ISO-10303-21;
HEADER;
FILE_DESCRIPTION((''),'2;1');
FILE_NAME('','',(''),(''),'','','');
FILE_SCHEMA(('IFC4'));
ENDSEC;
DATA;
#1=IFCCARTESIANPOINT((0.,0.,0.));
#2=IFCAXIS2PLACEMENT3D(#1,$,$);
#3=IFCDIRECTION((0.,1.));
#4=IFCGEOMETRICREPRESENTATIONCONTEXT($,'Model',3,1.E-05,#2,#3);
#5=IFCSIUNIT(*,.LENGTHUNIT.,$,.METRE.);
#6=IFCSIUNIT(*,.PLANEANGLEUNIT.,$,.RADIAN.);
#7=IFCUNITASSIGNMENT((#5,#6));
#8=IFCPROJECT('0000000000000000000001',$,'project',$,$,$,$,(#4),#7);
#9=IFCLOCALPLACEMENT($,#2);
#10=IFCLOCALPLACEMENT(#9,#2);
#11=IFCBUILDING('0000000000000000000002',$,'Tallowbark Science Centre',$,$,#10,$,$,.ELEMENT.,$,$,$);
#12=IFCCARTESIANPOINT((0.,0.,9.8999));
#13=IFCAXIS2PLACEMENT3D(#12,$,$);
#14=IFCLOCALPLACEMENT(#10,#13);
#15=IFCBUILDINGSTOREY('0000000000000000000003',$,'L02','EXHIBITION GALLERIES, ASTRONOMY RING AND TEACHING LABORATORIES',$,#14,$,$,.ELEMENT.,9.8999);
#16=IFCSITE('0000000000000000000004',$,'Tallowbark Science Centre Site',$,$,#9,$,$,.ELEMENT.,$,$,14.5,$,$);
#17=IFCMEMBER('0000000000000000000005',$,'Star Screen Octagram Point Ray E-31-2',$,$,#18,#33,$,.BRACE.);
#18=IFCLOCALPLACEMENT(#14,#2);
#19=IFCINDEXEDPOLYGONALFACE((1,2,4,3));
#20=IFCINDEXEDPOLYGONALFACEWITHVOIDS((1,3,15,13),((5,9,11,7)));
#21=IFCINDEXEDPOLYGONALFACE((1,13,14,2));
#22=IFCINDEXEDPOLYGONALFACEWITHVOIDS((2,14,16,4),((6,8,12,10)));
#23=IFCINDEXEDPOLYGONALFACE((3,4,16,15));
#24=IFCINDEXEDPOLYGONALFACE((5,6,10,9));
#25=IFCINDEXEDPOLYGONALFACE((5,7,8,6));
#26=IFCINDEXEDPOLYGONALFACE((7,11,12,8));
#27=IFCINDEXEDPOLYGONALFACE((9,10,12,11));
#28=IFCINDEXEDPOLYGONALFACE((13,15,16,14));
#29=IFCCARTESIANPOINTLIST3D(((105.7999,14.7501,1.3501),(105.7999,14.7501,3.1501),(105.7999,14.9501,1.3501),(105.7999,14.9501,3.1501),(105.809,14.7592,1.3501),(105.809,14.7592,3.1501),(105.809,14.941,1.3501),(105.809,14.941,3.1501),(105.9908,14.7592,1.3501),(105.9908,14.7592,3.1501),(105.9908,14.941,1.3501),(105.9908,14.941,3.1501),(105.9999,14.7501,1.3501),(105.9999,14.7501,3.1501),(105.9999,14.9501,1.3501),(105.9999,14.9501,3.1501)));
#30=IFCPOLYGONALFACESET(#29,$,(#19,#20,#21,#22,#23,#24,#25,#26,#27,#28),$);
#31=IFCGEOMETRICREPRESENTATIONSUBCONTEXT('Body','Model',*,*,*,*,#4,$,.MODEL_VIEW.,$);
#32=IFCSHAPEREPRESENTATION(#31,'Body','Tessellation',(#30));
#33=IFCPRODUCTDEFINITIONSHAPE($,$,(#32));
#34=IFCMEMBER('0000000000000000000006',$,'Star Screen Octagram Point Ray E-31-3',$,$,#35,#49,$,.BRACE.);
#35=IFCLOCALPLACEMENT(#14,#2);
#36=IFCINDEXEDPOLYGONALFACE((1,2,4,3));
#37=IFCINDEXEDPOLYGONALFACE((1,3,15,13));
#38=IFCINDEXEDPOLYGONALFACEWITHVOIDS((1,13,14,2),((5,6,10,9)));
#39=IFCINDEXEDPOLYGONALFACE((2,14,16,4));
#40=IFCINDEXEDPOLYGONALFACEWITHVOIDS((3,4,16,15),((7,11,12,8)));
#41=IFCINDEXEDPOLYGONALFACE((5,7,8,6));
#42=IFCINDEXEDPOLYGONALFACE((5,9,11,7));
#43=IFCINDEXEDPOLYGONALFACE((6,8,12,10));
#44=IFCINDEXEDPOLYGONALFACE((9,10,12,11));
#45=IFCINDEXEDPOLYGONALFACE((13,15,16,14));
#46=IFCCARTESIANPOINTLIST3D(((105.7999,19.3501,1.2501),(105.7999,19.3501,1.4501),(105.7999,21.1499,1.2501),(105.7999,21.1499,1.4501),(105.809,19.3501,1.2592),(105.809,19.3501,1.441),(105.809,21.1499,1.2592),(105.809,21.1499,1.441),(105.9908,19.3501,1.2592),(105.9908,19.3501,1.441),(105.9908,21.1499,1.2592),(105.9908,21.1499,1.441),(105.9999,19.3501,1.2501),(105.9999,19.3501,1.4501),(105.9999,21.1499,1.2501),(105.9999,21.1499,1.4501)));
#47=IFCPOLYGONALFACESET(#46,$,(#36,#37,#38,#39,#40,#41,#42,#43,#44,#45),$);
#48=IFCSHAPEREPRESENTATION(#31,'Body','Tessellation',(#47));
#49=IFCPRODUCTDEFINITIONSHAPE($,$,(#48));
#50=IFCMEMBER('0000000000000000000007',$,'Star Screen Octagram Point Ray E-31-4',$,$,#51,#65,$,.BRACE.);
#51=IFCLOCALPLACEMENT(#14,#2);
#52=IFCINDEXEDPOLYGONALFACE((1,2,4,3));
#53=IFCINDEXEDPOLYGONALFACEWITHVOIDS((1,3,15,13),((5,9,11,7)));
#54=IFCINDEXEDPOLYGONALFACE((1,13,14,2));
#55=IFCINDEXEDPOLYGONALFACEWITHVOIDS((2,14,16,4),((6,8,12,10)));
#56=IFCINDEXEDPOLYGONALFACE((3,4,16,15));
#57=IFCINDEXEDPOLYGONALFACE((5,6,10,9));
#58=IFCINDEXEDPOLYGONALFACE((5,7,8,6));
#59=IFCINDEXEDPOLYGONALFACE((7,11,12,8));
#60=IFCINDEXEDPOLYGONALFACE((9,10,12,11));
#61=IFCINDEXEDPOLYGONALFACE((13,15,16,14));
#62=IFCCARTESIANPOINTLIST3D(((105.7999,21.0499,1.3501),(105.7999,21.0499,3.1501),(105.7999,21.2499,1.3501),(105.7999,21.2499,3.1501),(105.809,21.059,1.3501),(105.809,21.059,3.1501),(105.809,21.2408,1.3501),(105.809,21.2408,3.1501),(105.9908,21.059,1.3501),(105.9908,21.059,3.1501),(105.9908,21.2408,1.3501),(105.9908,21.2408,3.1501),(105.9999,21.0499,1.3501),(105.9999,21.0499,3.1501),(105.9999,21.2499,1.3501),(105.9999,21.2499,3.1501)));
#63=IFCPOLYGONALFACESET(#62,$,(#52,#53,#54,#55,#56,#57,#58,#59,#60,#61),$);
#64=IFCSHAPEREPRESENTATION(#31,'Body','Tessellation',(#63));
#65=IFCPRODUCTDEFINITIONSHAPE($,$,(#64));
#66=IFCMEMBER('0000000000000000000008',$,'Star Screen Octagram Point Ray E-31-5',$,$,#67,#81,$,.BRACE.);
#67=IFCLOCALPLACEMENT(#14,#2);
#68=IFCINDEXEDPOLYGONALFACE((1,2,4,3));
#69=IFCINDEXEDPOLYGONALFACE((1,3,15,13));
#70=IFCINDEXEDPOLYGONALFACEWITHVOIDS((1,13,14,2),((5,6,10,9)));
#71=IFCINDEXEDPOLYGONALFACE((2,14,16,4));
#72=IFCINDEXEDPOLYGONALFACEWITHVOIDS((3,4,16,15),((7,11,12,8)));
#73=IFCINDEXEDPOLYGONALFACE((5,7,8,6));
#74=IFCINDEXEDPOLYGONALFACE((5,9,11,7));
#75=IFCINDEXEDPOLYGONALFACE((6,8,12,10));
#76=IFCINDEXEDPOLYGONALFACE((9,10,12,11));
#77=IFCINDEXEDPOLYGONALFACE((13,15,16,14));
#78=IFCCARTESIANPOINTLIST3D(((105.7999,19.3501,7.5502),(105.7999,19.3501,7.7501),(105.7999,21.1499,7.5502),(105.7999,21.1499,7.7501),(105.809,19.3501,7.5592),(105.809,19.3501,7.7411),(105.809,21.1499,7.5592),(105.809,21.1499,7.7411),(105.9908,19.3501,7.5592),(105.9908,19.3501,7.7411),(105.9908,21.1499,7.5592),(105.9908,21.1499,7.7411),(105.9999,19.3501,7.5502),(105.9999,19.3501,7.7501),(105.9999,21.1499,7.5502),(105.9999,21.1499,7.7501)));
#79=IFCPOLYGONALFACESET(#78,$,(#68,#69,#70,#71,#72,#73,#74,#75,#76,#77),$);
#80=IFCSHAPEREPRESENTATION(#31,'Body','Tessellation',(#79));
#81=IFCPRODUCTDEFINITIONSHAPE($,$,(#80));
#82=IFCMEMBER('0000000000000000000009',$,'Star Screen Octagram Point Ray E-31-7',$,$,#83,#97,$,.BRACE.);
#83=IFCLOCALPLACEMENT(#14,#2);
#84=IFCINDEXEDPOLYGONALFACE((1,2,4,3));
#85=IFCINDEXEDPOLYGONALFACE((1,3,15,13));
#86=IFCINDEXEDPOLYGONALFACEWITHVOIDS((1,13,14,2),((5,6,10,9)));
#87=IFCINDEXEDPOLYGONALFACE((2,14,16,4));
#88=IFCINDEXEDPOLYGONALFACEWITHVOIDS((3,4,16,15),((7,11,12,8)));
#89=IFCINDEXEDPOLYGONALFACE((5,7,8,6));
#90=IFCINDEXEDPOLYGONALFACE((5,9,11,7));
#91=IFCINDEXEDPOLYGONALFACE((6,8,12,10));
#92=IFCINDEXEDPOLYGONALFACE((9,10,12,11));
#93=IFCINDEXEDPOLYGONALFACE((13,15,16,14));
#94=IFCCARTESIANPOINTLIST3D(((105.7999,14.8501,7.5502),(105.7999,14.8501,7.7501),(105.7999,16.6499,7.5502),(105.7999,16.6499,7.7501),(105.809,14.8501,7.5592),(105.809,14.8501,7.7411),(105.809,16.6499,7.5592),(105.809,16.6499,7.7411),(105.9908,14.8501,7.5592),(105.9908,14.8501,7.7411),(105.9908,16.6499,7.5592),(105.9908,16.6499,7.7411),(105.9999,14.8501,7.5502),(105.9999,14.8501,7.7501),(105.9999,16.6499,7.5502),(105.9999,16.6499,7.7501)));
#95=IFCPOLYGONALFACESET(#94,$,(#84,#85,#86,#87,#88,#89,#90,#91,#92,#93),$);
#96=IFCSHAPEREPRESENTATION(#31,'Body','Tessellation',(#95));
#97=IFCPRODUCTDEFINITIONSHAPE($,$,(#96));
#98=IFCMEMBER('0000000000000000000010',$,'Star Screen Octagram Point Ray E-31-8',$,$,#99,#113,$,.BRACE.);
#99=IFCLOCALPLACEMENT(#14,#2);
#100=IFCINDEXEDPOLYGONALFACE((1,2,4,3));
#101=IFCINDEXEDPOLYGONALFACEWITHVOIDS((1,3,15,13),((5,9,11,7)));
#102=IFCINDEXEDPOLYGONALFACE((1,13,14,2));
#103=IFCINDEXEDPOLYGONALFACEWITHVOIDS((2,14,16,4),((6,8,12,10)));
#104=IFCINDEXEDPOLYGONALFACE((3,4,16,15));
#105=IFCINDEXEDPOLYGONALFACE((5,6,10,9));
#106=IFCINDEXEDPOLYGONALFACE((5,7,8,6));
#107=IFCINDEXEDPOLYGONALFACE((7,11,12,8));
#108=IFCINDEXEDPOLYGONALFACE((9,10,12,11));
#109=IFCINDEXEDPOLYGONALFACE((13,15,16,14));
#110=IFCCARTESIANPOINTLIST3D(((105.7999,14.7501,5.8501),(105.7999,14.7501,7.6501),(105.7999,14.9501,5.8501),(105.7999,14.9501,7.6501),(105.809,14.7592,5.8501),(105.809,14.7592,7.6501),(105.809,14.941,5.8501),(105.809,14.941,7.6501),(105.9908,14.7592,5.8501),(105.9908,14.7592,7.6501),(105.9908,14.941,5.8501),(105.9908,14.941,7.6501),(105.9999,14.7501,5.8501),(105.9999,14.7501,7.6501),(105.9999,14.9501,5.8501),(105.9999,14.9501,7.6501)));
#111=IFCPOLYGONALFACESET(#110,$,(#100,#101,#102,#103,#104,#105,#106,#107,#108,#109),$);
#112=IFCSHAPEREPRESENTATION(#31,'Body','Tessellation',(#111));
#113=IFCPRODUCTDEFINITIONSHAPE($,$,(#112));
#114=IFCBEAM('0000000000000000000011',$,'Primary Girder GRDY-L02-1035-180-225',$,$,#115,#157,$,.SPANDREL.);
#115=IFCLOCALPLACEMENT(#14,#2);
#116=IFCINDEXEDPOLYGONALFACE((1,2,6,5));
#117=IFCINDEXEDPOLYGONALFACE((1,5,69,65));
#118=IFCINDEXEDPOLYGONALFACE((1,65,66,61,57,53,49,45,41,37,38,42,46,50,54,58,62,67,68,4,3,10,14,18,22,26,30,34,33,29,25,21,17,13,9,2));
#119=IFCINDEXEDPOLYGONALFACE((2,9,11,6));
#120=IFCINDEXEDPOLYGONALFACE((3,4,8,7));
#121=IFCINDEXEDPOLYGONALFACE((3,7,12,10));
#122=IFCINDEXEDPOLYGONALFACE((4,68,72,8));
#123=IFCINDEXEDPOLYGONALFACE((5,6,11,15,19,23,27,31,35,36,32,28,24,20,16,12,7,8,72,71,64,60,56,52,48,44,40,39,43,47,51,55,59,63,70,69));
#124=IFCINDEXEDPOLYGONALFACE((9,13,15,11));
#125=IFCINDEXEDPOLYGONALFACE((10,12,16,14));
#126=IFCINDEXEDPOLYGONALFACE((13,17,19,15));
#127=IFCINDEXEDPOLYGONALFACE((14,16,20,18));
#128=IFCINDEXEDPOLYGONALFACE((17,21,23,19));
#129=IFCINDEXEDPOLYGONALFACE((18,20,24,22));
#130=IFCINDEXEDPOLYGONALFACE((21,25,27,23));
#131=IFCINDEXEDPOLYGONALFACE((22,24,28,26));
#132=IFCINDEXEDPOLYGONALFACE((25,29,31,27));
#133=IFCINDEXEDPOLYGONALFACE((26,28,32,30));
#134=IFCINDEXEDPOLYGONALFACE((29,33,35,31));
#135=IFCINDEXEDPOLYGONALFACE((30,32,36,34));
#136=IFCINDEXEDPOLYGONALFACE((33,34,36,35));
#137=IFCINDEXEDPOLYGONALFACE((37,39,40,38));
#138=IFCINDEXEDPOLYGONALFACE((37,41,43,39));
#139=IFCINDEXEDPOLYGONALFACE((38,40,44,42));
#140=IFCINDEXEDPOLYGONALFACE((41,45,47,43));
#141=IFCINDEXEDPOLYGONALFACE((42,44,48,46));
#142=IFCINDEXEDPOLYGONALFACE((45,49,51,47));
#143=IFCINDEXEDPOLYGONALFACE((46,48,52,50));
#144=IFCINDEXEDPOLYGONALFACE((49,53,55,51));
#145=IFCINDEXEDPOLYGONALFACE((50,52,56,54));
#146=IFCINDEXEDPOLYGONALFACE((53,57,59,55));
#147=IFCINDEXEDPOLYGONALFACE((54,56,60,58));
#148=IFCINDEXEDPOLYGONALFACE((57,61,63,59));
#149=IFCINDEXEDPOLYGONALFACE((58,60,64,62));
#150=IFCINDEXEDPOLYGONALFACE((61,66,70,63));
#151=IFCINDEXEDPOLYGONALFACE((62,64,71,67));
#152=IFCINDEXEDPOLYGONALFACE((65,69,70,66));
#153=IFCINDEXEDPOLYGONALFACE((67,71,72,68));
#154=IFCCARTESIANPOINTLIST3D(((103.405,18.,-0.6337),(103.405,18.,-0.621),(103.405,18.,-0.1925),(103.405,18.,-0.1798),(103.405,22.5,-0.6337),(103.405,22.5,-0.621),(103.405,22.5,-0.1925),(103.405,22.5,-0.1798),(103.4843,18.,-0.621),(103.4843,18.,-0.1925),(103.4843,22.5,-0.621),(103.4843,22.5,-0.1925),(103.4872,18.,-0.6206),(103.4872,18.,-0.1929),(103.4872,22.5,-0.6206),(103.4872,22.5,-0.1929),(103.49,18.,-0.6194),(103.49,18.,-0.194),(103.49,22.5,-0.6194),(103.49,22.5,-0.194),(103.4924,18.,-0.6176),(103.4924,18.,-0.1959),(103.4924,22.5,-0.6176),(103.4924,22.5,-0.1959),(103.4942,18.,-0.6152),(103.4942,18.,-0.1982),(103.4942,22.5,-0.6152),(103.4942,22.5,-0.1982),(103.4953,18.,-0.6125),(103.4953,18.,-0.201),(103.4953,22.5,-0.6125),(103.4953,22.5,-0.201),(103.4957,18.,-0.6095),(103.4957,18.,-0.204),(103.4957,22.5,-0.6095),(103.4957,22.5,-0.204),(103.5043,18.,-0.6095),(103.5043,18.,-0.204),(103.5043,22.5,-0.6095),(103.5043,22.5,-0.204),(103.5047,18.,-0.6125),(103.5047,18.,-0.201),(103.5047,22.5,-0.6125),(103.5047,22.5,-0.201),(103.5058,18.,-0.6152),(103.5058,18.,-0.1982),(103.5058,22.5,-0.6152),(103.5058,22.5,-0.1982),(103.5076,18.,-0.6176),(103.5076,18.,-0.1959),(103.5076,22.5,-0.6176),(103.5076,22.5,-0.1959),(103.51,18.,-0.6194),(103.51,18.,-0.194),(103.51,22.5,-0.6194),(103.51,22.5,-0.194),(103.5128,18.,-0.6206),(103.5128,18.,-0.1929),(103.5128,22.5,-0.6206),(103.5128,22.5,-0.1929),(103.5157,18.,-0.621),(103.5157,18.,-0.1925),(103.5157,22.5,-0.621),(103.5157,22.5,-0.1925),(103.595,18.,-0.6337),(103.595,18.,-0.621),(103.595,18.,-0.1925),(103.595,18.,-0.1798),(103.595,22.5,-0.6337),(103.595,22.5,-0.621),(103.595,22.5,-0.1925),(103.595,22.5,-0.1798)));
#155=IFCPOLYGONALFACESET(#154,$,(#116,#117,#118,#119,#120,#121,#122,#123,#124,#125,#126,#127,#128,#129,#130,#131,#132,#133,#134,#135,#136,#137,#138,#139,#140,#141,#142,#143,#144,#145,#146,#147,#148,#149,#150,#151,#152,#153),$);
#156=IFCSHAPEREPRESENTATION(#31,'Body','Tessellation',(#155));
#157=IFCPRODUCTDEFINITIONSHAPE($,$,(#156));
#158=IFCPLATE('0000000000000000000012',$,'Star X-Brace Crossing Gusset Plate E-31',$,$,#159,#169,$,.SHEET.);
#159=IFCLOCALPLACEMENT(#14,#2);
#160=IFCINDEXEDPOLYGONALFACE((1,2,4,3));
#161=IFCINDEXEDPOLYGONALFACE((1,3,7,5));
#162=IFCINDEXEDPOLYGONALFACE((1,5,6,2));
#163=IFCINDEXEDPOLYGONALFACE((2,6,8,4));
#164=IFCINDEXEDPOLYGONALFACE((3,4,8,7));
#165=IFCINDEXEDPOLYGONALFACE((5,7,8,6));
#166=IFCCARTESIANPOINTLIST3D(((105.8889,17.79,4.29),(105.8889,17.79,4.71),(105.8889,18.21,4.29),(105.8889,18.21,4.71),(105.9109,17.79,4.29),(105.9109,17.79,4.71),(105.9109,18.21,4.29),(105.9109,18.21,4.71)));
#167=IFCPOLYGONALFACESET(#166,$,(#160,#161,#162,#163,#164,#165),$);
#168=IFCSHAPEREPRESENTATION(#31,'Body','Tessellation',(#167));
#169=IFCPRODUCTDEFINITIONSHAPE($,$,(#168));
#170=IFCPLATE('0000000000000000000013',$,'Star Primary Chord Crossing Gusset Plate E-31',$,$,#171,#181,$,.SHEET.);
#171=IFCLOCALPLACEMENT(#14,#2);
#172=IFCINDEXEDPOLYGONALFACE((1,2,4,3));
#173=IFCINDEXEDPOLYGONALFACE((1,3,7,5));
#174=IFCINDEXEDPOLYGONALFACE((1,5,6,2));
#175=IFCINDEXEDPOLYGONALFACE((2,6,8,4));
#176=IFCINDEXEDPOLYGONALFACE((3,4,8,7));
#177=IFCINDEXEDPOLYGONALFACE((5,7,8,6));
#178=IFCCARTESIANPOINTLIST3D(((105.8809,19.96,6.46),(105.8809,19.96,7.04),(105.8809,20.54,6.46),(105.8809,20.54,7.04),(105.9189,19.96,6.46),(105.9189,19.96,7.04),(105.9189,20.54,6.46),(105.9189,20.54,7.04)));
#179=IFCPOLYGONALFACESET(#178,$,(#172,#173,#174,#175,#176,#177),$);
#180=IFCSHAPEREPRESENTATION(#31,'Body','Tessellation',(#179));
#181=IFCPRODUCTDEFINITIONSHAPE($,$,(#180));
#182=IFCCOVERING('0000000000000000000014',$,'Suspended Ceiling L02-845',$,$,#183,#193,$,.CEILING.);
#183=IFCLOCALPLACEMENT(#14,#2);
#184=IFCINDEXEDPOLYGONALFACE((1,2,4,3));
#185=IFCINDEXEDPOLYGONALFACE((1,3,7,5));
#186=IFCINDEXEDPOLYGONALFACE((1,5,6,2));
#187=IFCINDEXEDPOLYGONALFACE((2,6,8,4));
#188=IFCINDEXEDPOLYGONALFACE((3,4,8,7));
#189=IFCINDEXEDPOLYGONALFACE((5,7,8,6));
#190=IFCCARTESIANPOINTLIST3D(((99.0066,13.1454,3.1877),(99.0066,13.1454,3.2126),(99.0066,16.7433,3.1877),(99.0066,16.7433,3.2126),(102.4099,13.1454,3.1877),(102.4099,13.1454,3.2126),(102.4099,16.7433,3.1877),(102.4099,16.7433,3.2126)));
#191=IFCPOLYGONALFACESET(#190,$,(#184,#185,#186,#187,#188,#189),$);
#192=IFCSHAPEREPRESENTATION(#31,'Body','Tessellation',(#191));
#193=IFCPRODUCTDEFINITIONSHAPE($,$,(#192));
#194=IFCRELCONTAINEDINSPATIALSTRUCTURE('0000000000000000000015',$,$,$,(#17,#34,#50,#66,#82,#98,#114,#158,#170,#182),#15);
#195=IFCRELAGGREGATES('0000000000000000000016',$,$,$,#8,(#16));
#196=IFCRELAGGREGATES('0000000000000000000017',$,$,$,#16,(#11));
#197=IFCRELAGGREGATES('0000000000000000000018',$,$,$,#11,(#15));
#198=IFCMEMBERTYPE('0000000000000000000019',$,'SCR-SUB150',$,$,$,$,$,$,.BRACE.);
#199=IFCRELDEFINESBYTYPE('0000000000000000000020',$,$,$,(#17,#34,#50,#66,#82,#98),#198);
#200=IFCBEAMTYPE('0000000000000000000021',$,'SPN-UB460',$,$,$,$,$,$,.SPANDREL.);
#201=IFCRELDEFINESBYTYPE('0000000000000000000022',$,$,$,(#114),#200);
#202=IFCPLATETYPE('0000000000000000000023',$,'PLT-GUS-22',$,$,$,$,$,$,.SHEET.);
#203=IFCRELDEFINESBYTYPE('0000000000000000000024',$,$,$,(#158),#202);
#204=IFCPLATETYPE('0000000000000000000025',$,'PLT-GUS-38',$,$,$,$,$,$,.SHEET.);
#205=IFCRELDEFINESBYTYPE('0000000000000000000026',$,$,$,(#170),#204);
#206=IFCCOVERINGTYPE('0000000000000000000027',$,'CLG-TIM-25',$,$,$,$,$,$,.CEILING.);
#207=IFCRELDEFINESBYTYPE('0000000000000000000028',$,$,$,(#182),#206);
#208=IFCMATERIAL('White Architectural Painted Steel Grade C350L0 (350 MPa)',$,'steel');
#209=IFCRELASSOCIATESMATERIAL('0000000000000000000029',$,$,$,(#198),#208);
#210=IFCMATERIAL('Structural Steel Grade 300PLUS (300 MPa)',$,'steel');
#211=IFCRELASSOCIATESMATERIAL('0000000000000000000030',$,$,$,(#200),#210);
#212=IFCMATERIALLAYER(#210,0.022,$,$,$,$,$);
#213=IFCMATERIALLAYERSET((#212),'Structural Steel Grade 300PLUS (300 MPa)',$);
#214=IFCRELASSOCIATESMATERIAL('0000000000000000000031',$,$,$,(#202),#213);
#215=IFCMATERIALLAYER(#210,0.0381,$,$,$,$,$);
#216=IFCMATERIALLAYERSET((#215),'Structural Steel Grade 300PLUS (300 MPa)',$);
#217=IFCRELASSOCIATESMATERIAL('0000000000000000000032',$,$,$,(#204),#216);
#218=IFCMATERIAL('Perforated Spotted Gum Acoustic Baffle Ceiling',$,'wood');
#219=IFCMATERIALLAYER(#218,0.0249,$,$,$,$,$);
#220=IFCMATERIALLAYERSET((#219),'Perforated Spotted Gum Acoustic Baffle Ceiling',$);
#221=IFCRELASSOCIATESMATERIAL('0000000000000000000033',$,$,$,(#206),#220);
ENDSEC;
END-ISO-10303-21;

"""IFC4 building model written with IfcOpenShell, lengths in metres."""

from ifc_helpers import new_model, si_unit, direction, frame, origin, origin_2d, place, context, subcontext, project, spatial, rectangle, hollow_rectangle, i_section, extrude, material, layer, layer_set, material_profile, profile_set, type_object, element, save


model = new_model("IFC4")

# Units and contexts
model_context = context("Model", 3, precision=1e-05, world=origin(), true_north=direction((0.0, 1.0)))
body_context = subcontext(model_context, "Body", "Model", "MODEL_VIEW")
ifc_project = project(units=[si_unit("LENGTHUNIT", "METRE"), si_unit("PLANEANGLEUNIT", "RADIAN")], contexts=[model_context])

# Site, building, storey
site_placement = place(None, origin())
site = spatial("IfcSite", under=ifc_project, at=site_placement, Name="Tallowbark Science Centre Site", CompositionType="ELEMENT", RefElevation=14.5)
building_placement = place(site_placement, origin())
building = spatial("IfcBuilding", under=site, at=building_placement, Name="Tallowbark Science Centre", CompositionType="ELEMENT")
storey_placement = place(building_placement, frame((0.0, 0.0, 9.8999)))
storey = spatial("IfcBuildingStorey", under=building, at=storey_placement, Name="L02", Description="EXHIBITION GALLERIES, ASTRONOMY RING AND TEACHING LABORATORIES", CompositionType="ELEMENT", Elevation=9.8999)

# Shared definitions
ifc_material_1 = material(Name="Structural Steel Grade 300PLUS (300 MPa)", Category="steel")

# Members
ifc_material_2 = material(Name="White Architectural Painted Steel Grade C350L0 (350 MPa)", Category="steel")
ifc_material_profile_1 = material_profile(ifc_material_2, hollow_rectangle(XDim=0.2, YDim=0.2, WallThickness=0.009, at=origin_2d()), Name="200x200x9.0SHS")
ifc_profile_set_1 = profile_set([ifc_material_profile_1], Name="White Architectural Painted Steel Grade C350L0 (350 MPa)")
member_type_1 = type_object("IfcMemberType", Name="SCR-SUB150", PredefinedType="BRACE", material=ifc_profile_set_1)
member_1_placement = place(storey_placement, frame((105.8999, 14.8501, 1.3501), z_axis=(0.0, 0.0, 1.0), x_axis=(1.0, 0.0, 0.0)))
element("IfcMember", 1, at=member_1_placement, inside=storey, type_object=member_type_1, Name="Star Screen Octagram Point Ray E-31-2", PredefinedType="BRACE", context=body_context, shape_type="SweptSolid", body=[
    extrude(hollow_rectangle(XDim=0.2, YDim=0.2, WallThickness=0.009, at=origin_2d()), origin(), (0.0, 0.0, 1.0), 1.8),
])
member_2_placement = place(storey_placement, frame((105.8999, 21.1499, 1.3501), z_axis=(0.0, -1.0, 0.0), x_axis=(1.0, 0.0, 0.0)))
element("IfcMember", 2, at=member_2_placement, inside=storey, type_object=member_type_1, Name="Star Screen Octagram Point Ray E-31-3", PredefinedType="BRACE", context=body_context, shape_type="SweptSolid", body=[
    extrude(hollow_rectangle(XDim=0.2, YDim=0.2, WallThickness=0.009, at=origin_2d()), origin(), (0.0, 0.0, 1.0), 1.7998),
])
member_3_placement = place(storey_placement, frame((105.8999, 21.1499, 1.3501), z_axis=(0.0, 0.0, 1.0), x_axis=(1.0, 0.0, 0.0)))
element("IfcMember", 3, at=member_3_placement, inside=storey, type_object=member_type_1, Name="Star Screen Octagram Point Ray E-31-4", PredefinedType="BRACE", context=body_context, shape_type="SweptSolid", body=[
    extrude(hollow_rectangle(XDim=0.2, YDim=0.2, WallThickness=0.009, at=origin_2d()), origin(), (0.0, 0.0, 1.0), 1.8),
])
for number, where, z_axis, x_axis, name in (
    (4, (105.8999, 21.1499, 7.6501), (0.0, -1.0, 0.0), (1.0, 0.0, 0.0), "Star Screen Octagram Point Ray E-31-5"),
    (5, (105.8999, 14.8501, 7.6501), (0.0, 1.0, 0.0), (-1.0, 0.0, 0.0), "Star Screen Octagram Point Ray E-31-7"),
):
    element("IfcMember", number, at=place(storey_placement, frame(where, z_axis=z_axis, x_axis=x_axis)), inside=storey, type_object=member_type_1, Name=name, PredefinedType="BRACE", context=body_context, shape_type="SweptSolid", body=[
        extrude(hollow_rectangle(XDim=0.2, YDim=0.2, WallThickness=0.009, at=origin_2d()), origin(), (0.0, 0.0, 1.0), 1.7998),
    ])
member_4_placement = place(storey_placement, frame((105.8999, 14.8501, 7.6501), z_axis=(0.0, 0.0, -1.0), x_axis=(1.0, 0.0, 0.0)))
element("IfcMember", 6, at=member_4_placement, inside=storey, type_object=member_type_1, Name="Star Screen Octagram Point Ray E-31-8", PredefinedType="BRACE", context=body_context, shape_type="SweptSolid", body=[
    extrude(hollow_rectangle(XDim=0.2, YDim=0.2, WallThickness=0.009, at=origin_2d()), origin(), (0.0, 0.0, 1.0), 1.8),
])

# Beam
ifc_material_profile_2 = material_profile(ifc_material_1, i_section(OverallWidth=0.1899, OverallDepth=0.4539, WebThickness=0.0085, FlangeThickness=0.0127, FilletRadius=0.0115, at=origin_2d()), Name="460UB67.1")
ifc_profile_set_2 = profile_set([ifc_material_profile_2], Name="Structural Steel Grade 300PLUS (300 MPa)")
beam_type = type_object("IfcBeamType", Name="SPN-UB460", PredefinedType="SPANDREL", material=ifc_profile_set_2)
beam_placement = place(storey_placement, frame((103.5, 18.0, -0.4067), z_axis=(0.0, 1.0, 0.0), x_axis=(-1.0, 0.0, 0.0)))
element("IfcBeam", 7, at=beam_placement, inside=storey, type_object=beam_type, Name="Primary Girder GRDY-L02-1035-180-225", PredefinedType="SPANDREL", context=body_context, shape_type="SweptSolid", body=[
    extrude(i_section(OverallWidth=0.1899, OverallDepth=0.4539, WebThickness=0.0085, FlangeThickness=0.0127, FilletRadius=0.0115, at=origin_2d()), origin(), (0.0, 0.0, 1.0), 4.5),
])

# Plates
ifc_layer_1 = layer(ifc_material_1, 0.022)
ifc_layer_set_1 = layer_set([ifc_layer_1], Name="Structural Steel Grade 300PLUS (300 MPa)")
plate_type_1 = type_object("IfcPlateType", Name="PLT-GUS-22", PredefinedType="SHEET", material=ifc_layer_set_1)
plate_1_placement = place(storey_placement, frame((105.8999, 18.0, 4.29), z_axis=(0.0, 0.0, 1.0), x_axis=(0.0, 1.0, 0.0)))
element("IfcPlate", 8, at=plate_1_placement, inside=storey, type_object=plate_type_1, Name="Star X-Brace Crossing Gusset Plate E-31", PredefinedType="SHEET", context=body_context, shape_type="SweptSolid", body=[
    extrude(rectangle(XDim=0.4199, YDim=0.022, at=origin_2d()), origin(), (0.0, 0.0, 1.0), 0.4199),
])
ifc_layer_2 = layer(ifc_material_1, 0.0381)
ifc_layer_set_2 = layer_set([ifc_layer_2], Name="Structural Steel Grade 300PLUS (300 MPa)")
plate_type_2 = type_object("IfcPlateType", Name="PLT-GUS-38", PredefinedType="SHEET", material=ifc_layer_set_2)
plate_2_placement = place(storey_placement, frame((105.8999, 20.25, 6.46), z_axis=(0.0, 0.0, 1.0), x_axis=(0.0, 1.0, 0.0)))
element("IfcPlate", 9, at=plate_2_placement, inside=storey, type_object=plate_type_2, Name="Star Primary Chord Crossing Gusset Plate E-31", PredefinedType="SHEET", context=body_context, shape_type="SweptSolid", body=[
    extrude(rectangle(XDim=0.5801, YDim=0.0381, at=origin_2d()), origin(), (0.0, 0.0, 1.0), 0.5801),
])

# Covering
ifc_material_3 = material(Name="Perforated Spotted Gum Acoustic Baffle Ceiling", Category="wood")
ifc_layer_3 = layer(ifc_material_3, 0.0249)
ifc_layer_set_3 = layer_set([ifc_layer_3], Name="Perforated Spotted Gum Acoustic Baffle Ceiling")
covering_type_1 = type_object("IfcCoveringType", Name="CLG-TIM-25", PredefinedType="CEILING", material=ifc_layer_set_3)
for number, where, z_axis, x_axis, name in (
    (10, (100.7083, 14.9443, 3.1877), (0.0, 0.0, 1.0), (1.0, 0.0, 0.0), "Suspended Ceiling L02-845"),
):
    element("IfcCovering", number, at=place(storey_placement, frame(where, z_axis=z_axis, x_axis=x_axis)), inside=storey, type_object=covering_type_1, Name=name, PredefinedType="CEILING", context=body_context, shape_type="SweptSolid", body=[
        extrude(rectangle(XDim=3.4033, YDim=3.5979, at=origin_2d()), origin(), (0.0, 0.0, 1.0), 0.0249),
    ])

save(model, "model.ifc")
